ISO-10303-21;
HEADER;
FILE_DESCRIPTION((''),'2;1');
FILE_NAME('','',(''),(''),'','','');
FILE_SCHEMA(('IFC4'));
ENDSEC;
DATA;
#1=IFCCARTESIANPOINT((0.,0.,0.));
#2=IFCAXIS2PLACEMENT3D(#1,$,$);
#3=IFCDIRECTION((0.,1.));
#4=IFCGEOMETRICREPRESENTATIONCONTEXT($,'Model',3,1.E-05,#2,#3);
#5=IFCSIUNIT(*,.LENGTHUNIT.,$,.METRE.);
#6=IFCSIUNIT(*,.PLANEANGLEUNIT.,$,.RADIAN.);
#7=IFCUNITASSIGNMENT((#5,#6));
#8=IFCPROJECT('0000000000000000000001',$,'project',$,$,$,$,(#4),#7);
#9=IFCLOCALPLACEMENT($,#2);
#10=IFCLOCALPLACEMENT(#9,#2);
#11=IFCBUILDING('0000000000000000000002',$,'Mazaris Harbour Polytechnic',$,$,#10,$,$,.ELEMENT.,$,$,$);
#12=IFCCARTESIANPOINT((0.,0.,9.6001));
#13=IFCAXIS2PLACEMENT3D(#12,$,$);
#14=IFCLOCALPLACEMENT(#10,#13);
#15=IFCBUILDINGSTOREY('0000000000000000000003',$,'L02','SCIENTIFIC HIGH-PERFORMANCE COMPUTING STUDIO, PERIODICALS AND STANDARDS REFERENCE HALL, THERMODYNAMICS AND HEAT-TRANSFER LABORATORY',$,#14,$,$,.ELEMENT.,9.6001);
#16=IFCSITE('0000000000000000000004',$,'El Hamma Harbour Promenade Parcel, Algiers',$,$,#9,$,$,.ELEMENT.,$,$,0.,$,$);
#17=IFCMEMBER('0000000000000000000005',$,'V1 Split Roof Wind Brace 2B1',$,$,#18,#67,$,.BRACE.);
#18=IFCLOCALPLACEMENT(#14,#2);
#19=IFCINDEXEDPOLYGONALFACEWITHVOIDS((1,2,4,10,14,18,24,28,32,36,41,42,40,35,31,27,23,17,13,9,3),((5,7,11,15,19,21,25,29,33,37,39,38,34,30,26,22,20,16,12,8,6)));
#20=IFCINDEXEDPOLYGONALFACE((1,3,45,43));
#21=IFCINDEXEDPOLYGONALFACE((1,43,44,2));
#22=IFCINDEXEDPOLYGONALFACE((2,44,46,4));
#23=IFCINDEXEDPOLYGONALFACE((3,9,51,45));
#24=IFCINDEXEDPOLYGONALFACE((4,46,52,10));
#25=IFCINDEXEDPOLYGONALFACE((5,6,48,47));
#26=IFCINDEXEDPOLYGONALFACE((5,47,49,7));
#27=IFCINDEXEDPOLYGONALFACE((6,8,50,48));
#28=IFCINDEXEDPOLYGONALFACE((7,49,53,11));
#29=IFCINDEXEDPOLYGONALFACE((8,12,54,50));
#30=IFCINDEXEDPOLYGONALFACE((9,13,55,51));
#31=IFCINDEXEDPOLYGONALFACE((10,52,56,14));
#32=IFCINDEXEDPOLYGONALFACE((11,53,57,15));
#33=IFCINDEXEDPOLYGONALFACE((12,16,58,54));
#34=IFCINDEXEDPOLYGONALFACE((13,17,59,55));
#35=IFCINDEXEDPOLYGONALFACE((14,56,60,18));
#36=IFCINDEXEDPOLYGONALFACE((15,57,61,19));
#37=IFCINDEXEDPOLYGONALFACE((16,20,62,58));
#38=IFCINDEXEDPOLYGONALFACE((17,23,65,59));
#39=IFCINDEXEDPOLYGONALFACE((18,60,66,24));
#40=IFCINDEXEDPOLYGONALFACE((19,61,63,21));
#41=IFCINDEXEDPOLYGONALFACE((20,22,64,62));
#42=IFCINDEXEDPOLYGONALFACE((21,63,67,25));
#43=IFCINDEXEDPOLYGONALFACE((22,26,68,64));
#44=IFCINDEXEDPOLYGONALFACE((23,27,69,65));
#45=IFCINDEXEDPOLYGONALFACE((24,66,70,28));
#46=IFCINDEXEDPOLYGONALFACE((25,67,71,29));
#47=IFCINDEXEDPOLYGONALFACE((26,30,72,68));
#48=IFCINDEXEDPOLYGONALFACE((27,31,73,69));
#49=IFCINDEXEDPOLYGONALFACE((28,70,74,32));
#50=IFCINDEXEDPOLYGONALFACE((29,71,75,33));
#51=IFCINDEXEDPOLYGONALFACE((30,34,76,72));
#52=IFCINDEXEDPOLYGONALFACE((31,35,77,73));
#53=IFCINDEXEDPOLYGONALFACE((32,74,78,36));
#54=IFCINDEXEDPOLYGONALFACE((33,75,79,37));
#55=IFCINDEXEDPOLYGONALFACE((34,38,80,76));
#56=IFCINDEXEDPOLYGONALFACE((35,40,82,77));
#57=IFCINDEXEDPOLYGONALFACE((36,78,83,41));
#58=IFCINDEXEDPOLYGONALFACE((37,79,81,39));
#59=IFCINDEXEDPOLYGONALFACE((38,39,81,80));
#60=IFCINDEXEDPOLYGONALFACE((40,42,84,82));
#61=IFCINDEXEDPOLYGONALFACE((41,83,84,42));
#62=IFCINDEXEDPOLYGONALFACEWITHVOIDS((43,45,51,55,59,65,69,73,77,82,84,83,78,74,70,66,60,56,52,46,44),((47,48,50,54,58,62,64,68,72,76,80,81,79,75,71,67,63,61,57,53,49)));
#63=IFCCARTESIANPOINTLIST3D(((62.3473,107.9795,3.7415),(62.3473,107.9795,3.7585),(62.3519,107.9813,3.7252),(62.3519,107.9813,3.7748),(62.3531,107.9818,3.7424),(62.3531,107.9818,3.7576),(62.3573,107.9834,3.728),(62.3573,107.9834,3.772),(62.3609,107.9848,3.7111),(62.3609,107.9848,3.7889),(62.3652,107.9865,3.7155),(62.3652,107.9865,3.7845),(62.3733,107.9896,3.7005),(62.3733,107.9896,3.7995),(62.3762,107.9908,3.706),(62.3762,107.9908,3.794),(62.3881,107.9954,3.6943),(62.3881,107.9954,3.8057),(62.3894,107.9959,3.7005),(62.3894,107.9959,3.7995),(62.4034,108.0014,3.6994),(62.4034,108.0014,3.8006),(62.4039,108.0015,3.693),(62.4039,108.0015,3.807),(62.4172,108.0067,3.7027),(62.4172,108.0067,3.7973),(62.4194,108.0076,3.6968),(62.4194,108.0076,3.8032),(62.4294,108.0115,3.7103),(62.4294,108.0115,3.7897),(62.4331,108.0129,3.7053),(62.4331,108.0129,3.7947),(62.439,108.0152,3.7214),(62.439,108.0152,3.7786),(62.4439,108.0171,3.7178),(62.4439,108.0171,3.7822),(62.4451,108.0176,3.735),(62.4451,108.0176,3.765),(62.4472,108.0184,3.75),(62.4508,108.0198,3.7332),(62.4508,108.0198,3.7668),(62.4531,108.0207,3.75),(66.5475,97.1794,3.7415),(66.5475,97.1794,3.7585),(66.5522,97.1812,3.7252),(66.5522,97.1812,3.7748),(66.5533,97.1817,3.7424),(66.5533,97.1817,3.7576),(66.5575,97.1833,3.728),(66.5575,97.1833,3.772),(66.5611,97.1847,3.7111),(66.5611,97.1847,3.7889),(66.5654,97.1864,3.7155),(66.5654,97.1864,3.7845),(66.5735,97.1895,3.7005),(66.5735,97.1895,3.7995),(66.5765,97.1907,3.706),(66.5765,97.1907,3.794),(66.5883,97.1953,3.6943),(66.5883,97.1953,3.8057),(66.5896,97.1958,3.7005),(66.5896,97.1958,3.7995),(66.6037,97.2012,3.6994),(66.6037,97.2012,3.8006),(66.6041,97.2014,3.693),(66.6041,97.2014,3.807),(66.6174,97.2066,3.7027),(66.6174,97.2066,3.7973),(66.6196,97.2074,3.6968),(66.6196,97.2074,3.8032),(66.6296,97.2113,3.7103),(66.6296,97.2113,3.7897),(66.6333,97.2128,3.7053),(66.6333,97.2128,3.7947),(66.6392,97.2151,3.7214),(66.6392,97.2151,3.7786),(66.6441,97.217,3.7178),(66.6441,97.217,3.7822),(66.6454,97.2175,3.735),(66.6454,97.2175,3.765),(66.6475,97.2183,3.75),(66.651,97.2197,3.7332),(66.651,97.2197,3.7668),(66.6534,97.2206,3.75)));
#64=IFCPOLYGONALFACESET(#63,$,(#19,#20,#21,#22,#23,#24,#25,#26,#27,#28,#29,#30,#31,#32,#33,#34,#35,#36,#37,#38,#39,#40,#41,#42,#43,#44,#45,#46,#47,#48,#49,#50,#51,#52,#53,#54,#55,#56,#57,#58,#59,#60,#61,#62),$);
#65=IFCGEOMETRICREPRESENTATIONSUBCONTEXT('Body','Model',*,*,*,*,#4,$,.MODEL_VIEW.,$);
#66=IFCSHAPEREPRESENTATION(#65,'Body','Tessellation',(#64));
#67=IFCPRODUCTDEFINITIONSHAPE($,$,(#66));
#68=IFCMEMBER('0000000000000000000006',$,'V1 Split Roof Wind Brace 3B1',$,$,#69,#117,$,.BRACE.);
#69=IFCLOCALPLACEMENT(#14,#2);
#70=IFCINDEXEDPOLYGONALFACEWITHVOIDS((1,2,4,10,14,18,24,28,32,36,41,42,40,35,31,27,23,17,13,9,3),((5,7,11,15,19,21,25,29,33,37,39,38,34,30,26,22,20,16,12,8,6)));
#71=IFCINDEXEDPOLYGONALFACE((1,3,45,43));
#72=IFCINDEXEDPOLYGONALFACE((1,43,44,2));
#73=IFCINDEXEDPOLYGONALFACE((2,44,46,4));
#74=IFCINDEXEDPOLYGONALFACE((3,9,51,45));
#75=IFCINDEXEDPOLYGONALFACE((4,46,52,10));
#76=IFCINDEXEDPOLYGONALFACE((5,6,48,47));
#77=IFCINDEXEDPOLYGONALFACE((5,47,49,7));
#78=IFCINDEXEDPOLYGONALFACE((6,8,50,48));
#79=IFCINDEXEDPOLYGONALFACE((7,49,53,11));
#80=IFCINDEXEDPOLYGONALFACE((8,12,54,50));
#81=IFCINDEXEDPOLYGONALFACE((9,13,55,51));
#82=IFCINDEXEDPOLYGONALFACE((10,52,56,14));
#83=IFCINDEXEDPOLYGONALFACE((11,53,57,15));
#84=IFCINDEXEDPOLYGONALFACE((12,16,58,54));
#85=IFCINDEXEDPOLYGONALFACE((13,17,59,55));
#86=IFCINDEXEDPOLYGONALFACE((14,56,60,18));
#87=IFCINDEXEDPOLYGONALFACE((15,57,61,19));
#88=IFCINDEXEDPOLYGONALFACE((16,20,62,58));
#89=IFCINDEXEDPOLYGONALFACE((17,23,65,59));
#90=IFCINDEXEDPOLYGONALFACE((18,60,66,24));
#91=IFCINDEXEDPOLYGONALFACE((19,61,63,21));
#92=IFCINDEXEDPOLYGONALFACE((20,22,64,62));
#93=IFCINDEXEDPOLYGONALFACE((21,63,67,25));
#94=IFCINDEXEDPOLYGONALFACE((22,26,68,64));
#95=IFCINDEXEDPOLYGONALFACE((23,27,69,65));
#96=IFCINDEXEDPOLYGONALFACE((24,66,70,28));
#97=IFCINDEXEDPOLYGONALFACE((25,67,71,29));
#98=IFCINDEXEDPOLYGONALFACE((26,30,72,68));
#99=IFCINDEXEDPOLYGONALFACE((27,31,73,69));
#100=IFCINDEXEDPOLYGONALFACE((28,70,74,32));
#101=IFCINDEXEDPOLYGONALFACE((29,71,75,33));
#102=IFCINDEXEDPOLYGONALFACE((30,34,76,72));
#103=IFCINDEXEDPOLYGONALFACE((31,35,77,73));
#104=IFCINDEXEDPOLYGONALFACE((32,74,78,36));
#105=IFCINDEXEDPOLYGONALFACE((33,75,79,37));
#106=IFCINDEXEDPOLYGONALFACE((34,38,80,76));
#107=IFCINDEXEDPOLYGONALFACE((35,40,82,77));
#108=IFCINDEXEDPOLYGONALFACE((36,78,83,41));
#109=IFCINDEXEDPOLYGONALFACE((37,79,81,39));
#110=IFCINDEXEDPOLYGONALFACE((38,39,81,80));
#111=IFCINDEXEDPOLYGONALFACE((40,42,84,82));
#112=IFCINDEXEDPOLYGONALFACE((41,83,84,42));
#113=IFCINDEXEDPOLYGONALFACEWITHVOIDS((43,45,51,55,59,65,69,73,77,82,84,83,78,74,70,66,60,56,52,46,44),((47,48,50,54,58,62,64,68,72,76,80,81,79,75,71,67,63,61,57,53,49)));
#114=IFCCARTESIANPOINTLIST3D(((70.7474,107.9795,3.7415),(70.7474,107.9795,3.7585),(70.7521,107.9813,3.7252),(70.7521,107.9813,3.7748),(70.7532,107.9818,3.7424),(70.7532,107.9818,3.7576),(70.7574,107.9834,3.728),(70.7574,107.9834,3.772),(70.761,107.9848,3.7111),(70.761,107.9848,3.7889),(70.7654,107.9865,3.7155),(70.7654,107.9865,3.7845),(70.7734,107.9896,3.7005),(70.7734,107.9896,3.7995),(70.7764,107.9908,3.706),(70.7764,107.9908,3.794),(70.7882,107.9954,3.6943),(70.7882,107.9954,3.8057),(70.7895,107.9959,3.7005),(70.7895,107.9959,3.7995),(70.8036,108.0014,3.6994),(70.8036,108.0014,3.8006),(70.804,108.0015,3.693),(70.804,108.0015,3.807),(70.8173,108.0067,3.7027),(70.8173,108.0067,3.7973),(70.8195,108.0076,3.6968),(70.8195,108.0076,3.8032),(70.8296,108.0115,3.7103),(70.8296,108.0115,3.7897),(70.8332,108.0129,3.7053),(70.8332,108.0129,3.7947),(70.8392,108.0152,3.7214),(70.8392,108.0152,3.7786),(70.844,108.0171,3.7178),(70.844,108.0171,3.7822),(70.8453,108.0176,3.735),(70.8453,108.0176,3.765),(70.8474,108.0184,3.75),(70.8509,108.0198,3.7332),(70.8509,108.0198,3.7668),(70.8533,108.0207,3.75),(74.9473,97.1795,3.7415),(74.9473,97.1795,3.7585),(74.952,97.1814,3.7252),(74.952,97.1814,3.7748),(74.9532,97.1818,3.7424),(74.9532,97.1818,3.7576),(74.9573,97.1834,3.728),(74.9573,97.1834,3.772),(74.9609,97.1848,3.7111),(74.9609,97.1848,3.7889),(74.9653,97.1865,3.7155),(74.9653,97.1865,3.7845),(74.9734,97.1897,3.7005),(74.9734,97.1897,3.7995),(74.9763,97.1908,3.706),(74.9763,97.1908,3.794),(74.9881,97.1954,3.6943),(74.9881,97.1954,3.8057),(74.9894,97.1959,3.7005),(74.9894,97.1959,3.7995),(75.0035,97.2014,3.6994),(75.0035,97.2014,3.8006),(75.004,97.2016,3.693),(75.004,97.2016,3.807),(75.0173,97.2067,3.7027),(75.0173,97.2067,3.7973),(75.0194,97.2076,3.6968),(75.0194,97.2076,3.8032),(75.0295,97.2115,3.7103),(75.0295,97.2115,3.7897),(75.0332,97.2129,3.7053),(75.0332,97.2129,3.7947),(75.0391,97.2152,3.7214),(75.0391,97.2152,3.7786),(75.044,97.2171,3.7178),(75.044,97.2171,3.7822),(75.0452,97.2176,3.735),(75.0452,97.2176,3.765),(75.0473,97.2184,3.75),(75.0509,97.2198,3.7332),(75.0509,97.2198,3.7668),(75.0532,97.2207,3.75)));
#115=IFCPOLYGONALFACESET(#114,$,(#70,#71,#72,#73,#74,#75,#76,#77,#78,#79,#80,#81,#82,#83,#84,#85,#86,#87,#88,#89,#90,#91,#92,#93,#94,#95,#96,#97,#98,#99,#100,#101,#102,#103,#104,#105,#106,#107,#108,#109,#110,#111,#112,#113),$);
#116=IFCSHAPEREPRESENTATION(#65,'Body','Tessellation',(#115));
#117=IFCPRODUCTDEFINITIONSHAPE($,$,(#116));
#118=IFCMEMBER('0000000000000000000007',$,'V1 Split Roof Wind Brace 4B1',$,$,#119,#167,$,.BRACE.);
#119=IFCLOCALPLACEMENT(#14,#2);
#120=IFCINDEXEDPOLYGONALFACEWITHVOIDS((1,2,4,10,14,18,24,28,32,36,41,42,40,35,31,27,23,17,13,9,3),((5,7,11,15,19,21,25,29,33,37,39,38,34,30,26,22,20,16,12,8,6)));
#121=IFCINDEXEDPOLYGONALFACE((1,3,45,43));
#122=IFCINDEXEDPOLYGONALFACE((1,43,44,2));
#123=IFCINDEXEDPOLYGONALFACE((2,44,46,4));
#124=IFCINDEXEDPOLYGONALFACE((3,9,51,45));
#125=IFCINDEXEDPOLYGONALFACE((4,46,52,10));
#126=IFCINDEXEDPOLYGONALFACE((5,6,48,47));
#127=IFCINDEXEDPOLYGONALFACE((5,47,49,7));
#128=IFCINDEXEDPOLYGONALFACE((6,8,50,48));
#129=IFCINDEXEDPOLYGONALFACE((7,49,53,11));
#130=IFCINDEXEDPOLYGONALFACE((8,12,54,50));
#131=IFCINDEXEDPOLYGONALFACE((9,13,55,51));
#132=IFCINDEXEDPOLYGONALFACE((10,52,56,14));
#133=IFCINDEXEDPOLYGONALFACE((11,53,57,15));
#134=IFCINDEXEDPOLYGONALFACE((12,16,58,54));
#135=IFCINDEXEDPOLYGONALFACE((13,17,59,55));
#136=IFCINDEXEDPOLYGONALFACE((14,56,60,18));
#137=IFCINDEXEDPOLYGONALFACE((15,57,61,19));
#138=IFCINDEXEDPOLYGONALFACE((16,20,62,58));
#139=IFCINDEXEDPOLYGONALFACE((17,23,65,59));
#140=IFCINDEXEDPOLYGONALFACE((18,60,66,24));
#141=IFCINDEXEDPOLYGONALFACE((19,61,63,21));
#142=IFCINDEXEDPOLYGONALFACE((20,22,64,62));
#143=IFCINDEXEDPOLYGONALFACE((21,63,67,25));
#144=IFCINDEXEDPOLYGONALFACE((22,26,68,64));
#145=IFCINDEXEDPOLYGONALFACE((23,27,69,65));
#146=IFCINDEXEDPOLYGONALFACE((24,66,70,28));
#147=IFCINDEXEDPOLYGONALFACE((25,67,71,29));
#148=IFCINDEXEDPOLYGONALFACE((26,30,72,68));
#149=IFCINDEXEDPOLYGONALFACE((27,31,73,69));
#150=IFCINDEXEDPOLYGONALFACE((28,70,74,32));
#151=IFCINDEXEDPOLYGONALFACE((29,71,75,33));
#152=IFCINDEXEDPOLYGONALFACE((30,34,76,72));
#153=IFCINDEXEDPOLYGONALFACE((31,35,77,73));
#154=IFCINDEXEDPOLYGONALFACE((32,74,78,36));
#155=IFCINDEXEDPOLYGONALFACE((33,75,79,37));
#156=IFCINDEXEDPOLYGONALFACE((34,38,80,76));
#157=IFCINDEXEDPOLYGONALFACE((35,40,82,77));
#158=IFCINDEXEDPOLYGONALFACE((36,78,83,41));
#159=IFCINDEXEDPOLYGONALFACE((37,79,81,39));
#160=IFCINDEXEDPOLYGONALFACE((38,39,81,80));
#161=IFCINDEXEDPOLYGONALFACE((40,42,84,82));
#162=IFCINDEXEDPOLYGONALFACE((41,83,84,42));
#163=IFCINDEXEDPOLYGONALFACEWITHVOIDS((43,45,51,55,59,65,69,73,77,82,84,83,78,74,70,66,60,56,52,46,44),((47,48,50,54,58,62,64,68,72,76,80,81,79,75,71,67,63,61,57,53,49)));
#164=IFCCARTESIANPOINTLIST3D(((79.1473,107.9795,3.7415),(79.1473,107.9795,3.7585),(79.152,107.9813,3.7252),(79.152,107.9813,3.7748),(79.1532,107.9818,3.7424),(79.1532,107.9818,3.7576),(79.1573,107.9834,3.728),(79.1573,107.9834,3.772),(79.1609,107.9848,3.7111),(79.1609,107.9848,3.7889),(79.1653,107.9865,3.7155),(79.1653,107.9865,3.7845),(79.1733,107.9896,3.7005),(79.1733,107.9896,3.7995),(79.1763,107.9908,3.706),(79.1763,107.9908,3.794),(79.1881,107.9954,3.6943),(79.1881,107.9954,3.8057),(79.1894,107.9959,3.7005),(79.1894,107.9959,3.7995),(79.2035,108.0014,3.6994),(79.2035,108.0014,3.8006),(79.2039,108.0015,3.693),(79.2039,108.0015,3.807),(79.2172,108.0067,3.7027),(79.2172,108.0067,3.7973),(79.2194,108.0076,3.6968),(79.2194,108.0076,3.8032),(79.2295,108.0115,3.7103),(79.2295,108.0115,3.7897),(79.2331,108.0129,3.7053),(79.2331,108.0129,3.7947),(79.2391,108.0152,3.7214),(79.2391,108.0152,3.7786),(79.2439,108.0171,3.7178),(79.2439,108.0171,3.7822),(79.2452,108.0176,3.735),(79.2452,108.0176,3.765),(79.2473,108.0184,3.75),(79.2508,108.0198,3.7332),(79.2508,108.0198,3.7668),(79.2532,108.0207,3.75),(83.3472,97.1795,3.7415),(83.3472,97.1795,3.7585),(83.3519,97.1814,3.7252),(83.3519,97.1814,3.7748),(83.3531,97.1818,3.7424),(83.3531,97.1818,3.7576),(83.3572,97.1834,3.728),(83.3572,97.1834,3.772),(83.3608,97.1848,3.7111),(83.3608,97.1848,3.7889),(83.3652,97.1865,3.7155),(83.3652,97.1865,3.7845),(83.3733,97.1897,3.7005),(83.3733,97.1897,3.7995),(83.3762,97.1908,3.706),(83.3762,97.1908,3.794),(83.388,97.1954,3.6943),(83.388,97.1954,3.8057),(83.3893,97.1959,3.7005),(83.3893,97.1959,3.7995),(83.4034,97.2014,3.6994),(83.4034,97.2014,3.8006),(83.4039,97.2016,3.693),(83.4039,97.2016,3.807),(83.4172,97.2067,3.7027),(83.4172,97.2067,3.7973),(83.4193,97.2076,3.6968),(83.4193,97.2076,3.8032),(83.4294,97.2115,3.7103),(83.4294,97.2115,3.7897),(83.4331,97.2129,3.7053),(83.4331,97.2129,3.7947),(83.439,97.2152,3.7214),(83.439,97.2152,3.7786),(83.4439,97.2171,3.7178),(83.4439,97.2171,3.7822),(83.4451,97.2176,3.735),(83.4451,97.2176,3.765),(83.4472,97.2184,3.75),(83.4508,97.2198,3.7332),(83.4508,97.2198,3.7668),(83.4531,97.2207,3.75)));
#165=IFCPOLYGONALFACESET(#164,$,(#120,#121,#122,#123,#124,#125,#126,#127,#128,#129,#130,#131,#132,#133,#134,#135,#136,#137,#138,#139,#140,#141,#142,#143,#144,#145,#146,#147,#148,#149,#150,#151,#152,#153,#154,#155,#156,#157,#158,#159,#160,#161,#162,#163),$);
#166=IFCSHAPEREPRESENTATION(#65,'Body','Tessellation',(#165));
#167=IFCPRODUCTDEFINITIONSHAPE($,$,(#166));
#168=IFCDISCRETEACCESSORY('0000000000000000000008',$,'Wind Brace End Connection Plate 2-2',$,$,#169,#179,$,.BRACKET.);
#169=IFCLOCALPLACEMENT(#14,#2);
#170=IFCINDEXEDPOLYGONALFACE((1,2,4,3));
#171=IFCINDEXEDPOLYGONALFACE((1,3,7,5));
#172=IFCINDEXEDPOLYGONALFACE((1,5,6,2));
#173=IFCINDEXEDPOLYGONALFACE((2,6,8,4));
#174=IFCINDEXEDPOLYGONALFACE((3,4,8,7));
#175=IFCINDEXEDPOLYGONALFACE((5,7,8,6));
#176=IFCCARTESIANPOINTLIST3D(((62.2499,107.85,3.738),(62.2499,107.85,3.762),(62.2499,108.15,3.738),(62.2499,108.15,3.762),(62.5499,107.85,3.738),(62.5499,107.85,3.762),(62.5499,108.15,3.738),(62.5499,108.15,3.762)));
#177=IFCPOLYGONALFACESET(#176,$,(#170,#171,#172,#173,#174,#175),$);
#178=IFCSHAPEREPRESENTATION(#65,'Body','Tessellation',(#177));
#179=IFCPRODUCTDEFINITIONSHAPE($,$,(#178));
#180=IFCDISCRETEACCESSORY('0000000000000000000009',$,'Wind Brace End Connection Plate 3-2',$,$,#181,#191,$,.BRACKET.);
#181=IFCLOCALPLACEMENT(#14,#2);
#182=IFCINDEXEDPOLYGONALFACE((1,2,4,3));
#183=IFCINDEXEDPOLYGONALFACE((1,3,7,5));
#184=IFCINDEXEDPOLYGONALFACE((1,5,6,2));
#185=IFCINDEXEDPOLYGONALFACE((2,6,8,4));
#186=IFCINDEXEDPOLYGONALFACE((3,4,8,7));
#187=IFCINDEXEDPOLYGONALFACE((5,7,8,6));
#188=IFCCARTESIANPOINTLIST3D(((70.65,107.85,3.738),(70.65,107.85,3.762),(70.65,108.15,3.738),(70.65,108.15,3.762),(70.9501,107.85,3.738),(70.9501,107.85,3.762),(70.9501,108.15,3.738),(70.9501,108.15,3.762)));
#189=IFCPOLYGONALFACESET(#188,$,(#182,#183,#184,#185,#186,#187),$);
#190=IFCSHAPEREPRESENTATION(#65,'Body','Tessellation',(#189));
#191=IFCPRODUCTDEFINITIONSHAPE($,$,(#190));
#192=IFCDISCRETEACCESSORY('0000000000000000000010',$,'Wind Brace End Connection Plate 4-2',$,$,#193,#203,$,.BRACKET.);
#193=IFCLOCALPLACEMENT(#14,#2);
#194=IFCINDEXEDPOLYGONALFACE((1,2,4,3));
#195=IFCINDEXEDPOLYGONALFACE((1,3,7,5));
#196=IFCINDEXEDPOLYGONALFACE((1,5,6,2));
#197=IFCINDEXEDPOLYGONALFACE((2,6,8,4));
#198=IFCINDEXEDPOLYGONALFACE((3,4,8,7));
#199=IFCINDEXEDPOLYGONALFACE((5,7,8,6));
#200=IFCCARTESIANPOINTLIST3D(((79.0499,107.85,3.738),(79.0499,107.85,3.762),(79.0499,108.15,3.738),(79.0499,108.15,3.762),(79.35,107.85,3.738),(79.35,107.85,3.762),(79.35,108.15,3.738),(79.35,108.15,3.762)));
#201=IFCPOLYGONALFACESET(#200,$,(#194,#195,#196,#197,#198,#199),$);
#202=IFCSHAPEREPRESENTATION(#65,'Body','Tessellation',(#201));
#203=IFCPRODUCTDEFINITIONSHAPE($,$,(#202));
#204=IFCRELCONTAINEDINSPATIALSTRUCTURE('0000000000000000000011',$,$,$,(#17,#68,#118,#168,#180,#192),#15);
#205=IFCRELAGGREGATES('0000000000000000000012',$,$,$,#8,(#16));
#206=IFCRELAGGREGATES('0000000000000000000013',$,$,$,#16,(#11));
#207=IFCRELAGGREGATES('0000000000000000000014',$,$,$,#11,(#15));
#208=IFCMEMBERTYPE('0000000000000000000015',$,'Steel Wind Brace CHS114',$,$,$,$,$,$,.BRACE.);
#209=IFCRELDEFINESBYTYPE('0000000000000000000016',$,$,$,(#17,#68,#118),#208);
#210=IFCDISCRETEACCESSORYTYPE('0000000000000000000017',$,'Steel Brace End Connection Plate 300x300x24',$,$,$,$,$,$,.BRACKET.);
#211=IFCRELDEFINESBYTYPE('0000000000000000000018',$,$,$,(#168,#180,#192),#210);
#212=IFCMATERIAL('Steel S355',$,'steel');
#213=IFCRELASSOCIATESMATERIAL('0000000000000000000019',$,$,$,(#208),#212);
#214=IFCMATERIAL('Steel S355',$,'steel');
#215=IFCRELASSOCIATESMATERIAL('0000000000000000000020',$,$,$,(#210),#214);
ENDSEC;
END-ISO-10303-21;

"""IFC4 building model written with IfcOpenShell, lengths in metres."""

from ifc_helpers import new_model, si_unit, direction, frame, origin, origin_2d, place, context, subcontext, project, spatial, rectangle, hollow_circle, extrude, material, material_profile, profile_set, type_object, element, save


model = new_model("IFC4")

# Units and contexts
model_context = context("Model", 3, precision=1e-05, world=origin(), true_north=direction((0.0, 1.0)))
body_context = subcontext(model_context, "Body", "Model", "MODEL_VIEW")
ifc_project = project(units=[si_unit("LENGTHUNIT", "METRE"), si_unit("PLANEANGLEUNIT", "RADIAN")], contexts=[model_context])

# Site, building, storey
site_placement = place(None, origin())
site = spatial("IfcSite", under=ifc_project, at=site_placement, Name="El Hamma Harbour Promenade Parcel, Algiers", CompositionType="ELEMENT", RefElevation=0.0)
building_placement = place(site_placement, origin())
building = spatial("IfcBuilding", under=site, at=building_placement, Name="Mazaris Harbour Polytechnic", CompositionType="ELEMENT")
storey_placement = place(building_placement, frame((0.0, 0.0, 9.6001)))
storey = spatial("IfcBuildingStorey", under=building, at=storey_placement, Name="L02", Description="SCIENTIFIC HIGH-PERFORMANCE COMPUTING STUDIO, PERIODICALS AND STANDARDS REFERENCE HALL, THERMODYNAMICS AND HEAT-TRANSFER LABORATORY", CompositionType="ELEMENT", Elevation=9.6001)

# Members
ifc_material_1 = material(Name="Steel S355", Category="steel")
ifc_material_profile_1 = material_profile(ifc_material_1, hollow_circle(Radius=0.0571, WallThickness=0.0063, at=origin_2d()), Name="CHS 114.3x6.3")
ifc_profile_set_1 = profile_set([ifc_material_profile_1], Name="Steel S355")
member_type_1 = type_object("IfcMemberType", Name="Steel Wind Brace CHS114", PredefinedType="BRACE", material=ifc_profile_set_1)
member_1_placement = place(storey_placement, frame((62.3999, 108.0, 3.75), z_axis=(0.362459, -0.932, 0.0), x_axis=(0.932, 0.362459, 0.0)))
element("IfcMember", 1, at=member_1_placement, inside=storey, type_object=member_type_1, Name="V1 Split Roof Wind Brace 2B1", PredefinedType="BRACE", context=body_context, shape_type="SweptSolid", body=[
    extrude(hollow_circle(Radius=0.0571, WallThickness=0.0063, at=origin_2d()), origin(), (0.0, 0.0, 1.0), 11.5881),
])
for number, where, z_axis, x_axis, name in (
    (2, (70.8, 108.0, 3.75), (0.362441, -0.932007, 0.0), (0.932007, 0.362441, 0.0), "V1 Split Roof Wind Brace 3B1"),
    (3, (79.2, 108.0, 3.75), (0.362441, -0.932007, 0.0), (0.932007, 0.362441, 0.0), "V1 Split Roof Wind Brace 4B1"),
):
    element("IfcMember", number, at=place(storey_placement, frame(where, z_axis=z_axis, x_axis=x_axis)), inside=storey, type_object=member_type_1, Name=name, PredefinedType="BRACE", context=body_context, shape_type="SweptSolid", body=[
        extrude(hollow_circle(Radius=0.0571, WallThickness=0.0063, at=origin_2d()), origin(), (0.0, 0.0, 1.0), 11.5879),
    ])

# Discrete accessories
ifc_material_2 = material(Name="Steel S355", Category="steel")
discrete_accessory_type_1 = type_object("IfcDiscreteAccessoryType", Name="Steel Brace End Connection Plate 300x300x24", PredefinedType="BRACKET", material=ifc_material_2)
for number, where, z_axis, x_axis, name in (
    (4, (62.3999, 108.0, 3.738), (0.0, 0.0, 1.0), (1.0, 0.0, 0.0), "Wind Brace End Connection Plate 2-2"),
    (5, (70.8, 108.0, 3.738), (0.0, 0.0, 1.0), (1.0, 0.0, 0.0), "Wind Brace End Connection Plate 3-2"),
    (6, (79.2, 108.0, 3.738), (0.0, 0.0, 1.0), (1.0, 0.0, 0.0), "Wind Brace End Connection Plate 4-2"),
):
    element("IfcDiscreteAccessory", number, at=place(storey_placement, frame(where, z_axis=z_axis, x_axis=x_axis)), inside=storey, type_object=discrete_accessory_type_1, Name=name, PredefinedType="BRACKET", context=body_context, shape_type="SweptSolid", body=[
        extrude(rectangle(XDim=0.3, YDim=0.3, at=origin_2d()), origin(), (0.0, 0.0, 1.0), 0.0239),
    ])

save(model, "model.ifc")
